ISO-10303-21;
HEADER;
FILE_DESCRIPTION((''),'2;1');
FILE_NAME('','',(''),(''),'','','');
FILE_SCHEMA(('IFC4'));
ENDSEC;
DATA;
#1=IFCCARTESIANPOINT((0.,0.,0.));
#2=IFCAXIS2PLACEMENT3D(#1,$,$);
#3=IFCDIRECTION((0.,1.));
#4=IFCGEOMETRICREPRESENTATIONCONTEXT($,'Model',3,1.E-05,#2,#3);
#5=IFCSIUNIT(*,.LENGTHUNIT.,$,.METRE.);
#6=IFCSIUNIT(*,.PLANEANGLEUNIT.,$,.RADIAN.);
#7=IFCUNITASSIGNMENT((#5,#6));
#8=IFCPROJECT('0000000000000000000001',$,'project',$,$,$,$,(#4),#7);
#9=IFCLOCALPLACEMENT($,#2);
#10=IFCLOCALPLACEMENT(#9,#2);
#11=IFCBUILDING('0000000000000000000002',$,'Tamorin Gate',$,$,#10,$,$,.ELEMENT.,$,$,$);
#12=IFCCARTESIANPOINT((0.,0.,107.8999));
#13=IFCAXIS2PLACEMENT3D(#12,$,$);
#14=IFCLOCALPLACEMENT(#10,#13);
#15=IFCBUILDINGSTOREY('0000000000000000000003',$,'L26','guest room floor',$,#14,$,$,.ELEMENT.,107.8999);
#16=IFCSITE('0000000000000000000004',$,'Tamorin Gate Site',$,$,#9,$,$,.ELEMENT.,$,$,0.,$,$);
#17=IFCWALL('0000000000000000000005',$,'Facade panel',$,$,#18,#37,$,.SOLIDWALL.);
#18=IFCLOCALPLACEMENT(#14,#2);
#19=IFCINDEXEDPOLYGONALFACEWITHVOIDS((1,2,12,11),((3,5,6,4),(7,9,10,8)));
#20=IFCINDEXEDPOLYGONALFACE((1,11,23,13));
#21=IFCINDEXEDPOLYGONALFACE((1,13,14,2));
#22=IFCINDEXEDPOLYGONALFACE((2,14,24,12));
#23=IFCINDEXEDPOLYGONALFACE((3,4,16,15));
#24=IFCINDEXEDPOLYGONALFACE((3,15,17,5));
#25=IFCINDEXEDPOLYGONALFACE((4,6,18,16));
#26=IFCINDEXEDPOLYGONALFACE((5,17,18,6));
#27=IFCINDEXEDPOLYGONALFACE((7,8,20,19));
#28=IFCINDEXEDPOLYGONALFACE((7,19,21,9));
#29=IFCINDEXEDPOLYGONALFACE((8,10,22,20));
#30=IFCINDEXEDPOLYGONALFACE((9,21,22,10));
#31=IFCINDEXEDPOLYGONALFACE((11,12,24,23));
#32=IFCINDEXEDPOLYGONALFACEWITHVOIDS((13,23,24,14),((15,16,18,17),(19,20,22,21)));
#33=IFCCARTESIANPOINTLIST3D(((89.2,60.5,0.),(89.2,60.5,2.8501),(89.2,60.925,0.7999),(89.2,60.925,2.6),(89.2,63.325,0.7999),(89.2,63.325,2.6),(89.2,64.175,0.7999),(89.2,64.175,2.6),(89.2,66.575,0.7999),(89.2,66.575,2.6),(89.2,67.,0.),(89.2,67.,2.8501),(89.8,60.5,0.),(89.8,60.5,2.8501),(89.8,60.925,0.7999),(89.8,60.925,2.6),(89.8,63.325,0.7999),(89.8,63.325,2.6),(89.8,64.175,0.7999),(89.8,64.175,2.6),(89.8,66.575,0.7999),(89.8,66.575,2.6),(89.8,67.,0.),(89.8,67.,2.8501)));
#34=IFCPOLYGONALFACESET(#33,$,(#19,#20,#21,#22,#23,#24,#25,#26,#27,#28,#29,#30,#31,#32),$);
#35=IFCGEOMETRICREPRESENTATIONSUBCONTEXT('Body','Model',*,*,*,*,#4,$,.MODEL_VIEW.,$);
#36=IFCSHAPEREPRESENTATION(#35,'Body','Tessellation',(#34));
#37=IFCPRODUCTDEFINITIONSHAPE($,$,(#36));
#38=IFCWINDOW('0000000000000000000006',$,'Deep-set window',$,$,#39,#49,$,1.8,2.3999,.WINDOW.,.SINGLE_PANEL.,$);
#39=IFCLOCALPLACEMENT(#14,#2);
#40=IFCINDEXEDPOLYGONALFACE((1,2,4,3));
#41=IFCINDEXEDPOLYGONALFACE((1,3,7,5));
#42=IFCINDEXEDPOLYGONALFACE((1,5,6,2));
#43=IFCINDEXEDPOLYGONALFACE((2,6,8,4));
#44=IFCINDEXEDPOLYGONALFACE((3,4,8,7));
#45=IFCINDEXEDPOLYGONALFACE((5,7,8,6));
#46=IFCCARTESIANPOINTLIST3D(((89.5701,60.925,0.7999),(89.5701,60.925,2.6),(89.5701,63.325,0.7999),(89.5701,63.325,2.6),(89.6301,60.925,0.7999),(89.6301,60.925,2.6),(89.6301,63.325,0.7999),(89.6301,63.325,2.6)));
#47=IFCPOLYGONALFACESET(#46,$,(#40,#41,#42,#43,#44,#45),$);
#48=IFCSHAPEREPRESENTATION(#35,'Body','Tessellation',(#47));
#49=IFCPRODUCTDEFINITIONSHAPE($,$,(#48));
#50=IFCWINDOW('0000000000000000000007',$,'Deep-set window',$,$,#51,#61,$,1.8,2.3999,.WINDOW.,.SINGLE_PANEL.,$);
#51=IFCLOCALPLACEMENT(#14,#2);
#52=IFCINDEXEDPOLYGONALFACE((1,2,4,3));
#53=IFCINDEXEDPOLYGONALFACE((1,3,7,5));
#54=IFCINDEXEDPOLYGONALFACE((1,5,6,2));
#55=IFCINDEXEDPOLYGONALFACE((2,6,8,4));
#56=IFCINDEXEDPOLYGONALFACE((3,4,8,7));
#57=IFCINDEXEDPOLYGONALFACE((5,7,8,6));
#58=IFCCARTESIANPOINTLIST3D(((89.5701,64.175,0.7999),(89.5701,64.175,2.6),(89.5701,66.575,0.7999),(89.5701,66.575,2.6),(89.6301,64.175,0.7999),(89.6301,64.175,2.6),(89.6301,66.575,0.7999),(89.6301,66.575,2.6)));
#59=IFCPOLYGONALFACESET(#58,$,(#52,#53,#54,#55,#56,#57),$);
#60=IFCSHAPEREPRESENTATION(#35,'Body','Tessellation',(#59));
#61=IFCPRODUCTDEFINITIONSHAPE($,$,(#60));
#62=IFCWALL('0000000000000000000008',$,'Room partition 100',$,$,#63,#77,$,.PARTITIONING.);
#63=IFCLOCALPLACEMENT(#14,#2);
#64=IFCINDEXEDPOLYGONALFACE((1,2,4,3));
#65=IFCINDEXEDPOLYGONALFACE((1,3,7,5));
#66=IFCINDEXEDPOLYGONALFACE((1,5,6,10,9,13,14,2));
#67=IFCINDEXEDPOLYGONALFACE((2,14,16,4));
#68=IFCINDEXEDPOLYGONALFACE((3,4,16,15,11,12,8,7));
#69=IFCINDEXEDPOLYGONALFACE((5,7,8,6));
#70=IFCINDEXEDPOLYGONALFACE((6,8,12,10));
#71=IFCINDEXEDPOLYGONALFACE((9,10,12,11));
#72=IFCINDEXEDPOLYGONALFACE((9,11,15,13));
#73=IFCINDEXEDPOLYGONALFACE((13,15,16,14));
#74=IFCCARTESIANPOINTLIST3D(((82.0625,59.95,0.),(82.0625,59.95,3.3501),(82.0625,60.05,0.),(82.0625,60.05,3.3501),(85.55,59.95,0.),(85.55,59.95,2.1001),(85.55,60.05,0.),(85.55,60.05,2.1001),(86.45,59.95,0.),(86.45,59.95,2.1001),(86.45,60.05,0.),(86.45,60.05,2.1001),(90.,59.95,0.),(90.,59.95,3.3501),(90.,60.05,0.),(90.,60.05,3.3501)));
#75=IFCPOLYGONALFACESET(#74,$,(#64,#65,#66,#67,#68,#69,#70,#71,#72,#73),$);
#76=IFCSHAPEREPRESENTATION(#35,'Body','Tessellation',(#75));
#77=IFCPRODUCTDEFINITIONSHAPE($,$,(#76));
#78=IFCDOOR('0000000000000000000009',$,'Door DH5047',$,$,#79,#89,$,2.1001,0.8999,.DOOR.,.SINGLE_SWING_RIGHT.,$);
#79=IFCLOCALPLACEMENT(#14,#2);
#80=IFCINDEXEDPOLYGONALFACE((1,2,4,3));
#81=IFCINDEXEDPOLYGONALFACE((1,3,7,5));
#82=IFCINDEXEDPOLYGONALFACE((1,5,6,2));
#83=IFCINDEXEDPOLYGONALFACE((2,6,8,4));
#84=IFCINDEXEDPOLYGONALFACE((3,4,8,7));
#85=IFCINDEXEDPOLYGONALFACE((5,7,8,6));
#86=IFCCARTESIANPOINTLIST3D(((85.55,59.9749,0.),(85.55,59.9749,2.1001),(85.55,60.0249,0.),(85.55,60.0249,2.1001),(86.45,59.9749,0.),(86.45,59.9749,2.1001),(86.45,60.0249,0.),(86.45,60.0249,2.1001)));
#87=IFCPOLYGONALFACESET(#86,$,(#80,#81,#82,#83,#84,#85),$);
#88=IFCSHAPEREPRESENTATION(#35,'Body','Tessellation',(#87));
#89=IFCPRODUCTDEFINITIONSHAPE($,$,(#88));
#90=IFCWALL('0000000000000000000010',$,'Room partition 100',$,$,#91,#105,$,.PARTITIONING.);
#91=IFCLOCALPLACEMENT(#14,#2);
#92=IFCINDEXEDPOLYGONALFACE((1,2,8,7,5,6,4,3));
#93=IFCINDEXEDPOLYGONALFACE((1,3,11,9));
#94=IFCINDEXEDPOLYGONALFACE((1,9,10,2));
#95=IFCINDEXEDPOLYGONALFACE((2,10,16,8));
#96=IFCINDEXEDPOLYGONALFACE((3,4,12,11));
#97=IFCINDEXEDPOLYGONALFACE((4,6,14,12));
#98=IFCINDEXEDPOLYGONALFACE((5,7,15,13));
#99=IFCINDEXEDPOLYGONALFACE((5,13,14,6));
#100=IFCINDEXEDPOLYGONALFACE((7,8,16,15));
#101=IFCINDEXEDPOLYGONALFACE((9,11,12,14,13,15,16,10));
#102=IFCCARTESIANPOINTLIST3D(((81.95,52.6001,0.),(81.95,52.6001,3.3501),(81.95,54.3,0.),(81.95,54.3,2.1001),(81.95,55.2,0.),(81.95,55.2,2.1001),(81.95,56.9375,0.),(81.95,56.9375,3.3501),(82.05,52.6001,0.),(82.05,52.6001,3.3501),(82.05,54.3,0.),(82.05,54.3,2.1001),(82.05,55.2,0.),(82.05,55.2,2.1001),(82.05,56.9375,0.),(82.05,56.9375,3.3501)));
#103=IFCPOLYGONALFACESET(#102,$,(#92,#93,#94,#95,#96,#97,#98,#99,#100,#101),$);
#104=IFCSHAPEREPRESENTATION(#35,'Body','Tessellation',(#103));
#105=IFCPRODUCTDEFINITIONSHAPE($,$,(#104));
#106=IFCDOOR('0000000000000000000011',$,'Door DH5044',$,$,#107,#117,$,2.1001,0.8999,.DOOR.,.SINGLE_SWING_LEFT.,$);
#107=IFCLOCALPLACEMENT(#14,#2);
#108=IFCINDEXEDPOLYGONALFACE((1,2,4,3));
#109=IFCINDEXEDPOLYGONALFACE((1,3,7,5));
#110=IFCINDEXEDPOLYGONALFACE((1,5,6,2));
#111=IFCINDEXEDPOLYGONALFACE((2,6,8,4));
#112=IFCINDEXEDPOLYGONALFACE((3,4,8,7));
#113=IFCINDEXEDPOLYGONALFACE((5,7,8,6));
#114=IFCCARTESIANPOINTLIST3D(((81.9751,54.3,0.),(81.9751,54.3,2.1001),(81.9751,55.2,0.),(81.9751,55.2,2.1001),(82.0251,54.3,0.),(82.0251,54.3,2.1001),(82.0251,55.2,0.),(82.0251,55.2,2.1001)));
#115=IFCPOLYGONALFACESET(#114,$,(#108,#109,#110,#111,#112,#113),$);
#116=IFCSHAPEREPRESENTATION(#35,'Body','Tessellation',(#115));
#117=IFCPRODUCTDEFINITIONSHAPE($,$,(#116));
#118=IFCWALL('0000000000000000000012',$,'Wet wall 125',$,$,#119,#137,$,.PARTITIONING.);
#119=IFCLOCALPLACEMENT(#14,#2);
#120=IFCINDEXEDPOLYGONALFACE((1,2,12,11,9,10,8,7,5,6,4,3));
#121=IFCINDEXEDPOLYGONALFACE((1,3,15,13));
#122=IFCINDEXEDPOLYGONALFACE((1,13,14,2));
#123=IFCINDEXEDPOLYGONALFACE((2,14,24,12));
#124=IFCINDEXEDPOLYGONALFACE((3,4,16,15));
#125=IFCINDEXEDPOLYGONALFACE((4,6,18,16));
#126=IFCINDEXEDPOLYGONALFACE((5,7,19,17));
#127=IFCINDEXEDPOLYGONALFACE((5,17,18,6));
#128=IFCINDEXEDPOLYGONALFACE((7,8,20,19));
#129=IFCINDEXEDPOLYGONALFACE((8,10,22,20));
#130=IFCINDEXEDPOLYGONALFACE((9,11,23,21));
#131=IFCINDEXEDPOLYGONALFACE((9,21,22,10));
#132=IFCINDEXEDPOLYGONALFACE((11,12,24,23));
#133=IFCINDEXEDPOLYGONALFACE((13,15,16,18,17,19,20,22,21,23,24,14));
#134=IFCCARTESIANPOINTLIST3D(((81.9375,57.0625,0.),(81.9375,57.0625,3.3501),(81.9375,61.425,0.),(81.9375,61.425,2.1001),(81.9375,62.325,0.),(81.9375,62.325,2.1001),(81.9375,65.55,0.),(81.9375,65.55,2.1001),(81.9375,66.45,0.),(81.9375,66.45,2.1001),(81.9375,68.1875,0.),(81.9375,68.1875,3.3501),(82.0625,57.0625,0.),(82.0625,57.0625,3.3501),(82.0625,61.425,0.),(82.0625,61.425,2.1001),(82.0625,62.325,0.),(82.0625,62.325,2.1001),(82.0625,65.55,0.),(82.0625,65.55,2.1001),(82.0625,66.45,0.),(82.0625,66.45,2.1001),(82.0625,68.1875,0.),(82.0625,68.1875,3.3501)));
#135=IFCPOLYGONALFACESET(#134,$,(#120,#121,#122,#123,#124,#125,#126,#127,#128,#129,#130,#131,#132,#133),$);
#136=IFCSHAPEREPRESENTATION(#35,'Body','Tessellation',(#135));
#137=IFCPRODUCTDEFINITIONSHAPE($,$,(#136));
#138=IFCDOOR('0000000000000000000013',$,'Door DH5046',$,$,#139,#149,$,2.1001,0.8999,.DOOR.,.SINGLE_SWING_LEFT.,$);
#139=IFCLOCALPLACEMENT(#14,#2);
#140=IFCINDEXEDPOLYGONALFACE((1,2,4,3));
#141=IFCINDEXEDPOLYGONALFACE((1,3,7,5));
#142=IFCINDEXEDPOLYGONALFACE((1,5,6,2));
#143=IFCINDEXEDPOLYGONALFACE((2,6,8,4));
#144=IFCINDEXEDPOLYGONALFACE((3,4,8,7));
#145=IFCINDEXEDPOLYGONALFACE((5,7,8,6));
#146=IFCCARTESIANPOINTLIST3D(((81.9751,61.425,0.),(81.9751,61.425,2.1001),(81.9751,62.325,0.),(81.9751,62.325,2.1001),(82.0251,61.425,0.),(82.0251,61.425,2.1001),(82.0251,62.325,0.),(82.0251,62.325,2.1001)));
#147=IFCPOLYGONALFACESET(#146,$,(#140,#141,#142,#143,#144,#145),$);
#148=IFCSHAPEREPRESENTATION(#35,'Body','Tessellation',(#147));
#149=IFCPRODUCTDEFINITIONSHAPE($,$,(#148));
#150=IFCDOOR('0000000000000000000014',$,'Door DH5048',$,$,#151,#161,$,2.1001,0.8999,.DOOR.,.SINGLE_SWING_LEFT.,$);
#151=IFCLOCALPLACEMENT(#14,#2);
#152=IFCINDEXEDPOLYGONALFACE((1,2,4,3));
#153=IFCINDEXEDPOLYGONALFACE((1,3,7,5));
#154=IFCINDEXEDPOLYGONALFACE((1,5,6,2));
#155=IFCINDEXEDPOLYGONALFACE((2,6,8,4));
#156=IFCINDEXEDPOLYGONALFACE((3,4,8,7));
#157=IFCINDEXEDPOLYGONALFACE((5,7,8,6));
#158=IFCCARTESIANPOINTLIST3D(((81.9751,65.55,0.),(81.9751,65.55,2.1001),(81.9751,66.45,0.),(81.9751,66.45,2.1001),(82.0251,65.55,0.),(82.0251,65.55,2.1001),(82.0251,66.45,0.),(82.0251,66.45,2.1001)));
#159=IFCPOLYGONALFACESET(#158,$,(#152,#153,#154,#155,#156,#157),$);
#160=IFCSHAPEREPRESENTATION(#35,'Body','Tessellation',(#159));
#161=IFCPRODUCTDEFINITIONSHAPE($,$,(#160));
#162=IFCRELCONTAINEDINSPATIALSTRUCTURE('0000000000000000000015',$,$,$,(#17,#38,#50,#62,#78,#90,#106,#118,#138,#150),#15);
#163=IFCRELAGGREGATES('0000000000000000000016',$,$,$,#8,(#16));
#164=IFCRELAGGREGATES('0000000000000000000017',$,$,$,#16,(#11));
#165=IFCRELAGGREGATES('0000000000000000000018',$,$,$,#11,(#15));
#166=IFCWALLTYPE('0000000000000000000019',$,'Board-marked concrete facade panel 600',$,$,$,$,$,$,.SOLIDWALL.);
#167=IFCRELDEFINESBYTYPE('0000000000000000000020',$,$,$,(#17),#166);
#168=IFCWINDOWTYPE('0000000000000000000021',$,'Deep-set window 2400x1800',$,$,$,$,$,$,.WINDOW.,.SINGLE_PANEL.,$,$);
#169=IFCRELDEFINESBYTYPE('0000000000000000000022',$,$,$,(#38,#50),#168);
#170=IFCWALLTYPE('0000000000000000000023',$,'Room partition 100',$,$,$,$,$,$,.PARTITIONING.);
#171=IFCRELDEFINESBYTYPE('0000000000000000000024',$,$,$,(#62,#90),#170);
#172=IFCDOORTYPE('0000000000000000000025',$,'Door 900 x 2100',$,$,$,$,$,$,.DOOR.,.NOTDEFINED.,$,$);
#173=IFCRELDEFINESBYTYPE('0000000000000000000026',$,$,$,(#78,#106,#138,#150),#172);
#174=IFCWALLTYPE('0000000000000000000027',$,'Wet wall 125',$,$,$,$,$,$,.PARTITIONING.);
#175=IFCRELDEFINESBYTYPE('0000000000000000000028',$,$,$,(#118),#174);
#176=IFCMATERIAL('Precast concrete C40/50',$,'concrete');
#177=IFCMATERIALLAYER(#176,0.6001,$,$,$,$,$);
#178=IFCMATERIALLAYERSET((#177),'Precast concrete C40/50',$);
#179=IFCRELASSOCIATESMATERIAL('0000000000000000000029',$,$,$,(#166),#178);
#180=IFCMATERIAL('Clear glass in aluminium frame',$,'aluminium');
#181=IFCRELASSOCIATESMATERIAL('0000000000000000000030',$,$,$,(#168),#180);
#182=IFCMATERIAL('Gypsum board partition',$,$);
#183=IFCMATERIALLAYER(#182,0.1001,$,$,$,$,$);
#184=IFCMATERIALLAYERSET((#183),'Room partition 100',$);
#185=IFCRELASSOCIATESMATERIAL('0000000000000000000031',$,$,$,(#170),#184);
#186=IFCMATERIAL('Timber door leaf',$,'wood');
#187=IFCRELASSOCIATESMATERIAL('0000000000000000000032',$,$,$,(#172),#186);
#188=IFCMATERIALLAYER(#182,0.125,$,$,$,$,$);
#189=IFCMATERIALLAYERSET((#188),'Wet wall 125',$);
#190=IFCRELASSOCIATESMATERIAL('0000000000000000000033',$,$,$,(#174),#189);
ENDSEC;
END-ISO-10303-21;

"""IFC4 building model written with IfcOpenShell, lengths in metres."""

from ifc_helpers import new_model, si_unit, direction, frame, frame_2d, origin, place, context, subcontext, project, spatial, rectangle, extrude, material, layer, layer_set, type_object, element, fill, save


model = new_model("IFC4")

# Units and contexts
model_context = context("Model", 3, precision=1e-05, world=origin(), true_north=direction((0.0, 1.0)))
body_context = subcontext(model_context, "Body", "Model", "MODEL_VIEW")
ifc_project = project(units=[si_unit("LENGTHUNIT", "METRE"), si_unit("PLANEANGLEUNIT", "RADIAN")], contexts=[model_context])

# Site, building, storey
site_placement = place(None, origin())
site = spatial("IfcSite", under=ifc_project, at=site_placement, Name="Tamorin Gate Site", CompositionType="ELEMENT", RefElevation=0.0)
building_placement = place(site_placement, origin())
building = spatial("IfcBuilding", under=site, at=building_placement, Name="Tamorin Gate", CompositionType="ELEMENT")
storey_placement = place(building_placement, frame((0.0, 0.0, 107.8999)))
storey = spatial("IfcBuildingStorey", under=building, at=storey_placement, Name="L26", Description="guest room floor", CompositionType="ELEMENT", Elevation=107.8999)

# Wall, openings, windows
ifc_material_1 = material(Name="Precast concrete C40/50", Category="concrete")
ifc_layer_1 = layer(ifc_material_1, 0.6001)
ifc_layer_set_1 = layer_set([ifc_layer_1], Name="Precast concrete C40/50")
wall_type_1 = type_object("IfcWallType", Name="Board-marked concrete facade panel 600", PredefinedType="SOLIDWALL", material=ifc_layer_set_1)
ifc_material_2 = material(Name="Clear glass in aluminium frame", Category="aluminium")
window_type = type_object("IfcWindowType", Name="Deep-set window 2400x1800", PartitioningType="SINGLE_PANEL", PredefinedType="WINDOW", material=ifc_material_2)
wall_1_placement = place(storey_placement, frame((89.5, 60.5, 0.0), z_axis=(0.0, 0.0, 1.0), x_axis=(0.0, 1.0, 0.0)))
wall_1 = element("IfcWall", 1, at=wall_1_placement, inside=storey, type_object=wall_type_1, Name="Facade panel", PredefinedType="SOLIDWALL", context=body_context, shape_type="SweptSolid", body=[
    extrude(rectangle(XDim=6.5, YDim=0.6001, at=frame_2d((3.25, 0.0))), origin(), (0.0, 0.0, 1.0), 2.8501),
])
opening_1_placement = place(wall_1_placement, frame((0.425, 0.0, 0.8)))
opening_1 = element("IfcOpeningElement", 2, at=opening_1_placement, cuts=wall_1, PredefinedType="OPENING", context=body_context, shape_type="SweptSolid", body=[
    extrude(rectangle(XDim=2.3999, YDim=1.8, at=frame_2d((1.2, 0.8999))), frame((0.0, 0.3101, 0.0), z_axis=(0.0, -1.0, 0.0), x_axis=(1.0, 0.0, 0.0)), (0.0, 0.0, 1.0), 0.6201),
])
opening_2_placement = place(wall_1_placement, frame((3.675, 0.0, 0.8)))
opening_2 = element("IfcOpeningElement", 3, at=opening_2_placement, cuts=wall_1, PredefinedType="OPENING", context=body_context, shape_type="SweptSolid", body=[
    extrude(rectangle(XDim=2.3999, YDim=1.8, at=frame_2d((1.2, 0.8999))), frame((0.0, 0.3101, 0.0), z_axis=(0.0, -1.0, 0.0), x_axis=(1.0, 0.0, 0.0)), (0.0, 0.0, 1.0), 0.6201),
])
window_1_placement = place(opening_1_placement, origin())
window_1 = element("IfcWindow", 4, at=window_1_placement, inside=storey, type_object=window_type, Name="Deep-set window", OverallHeight=1.8, OverallWidth=2.3999, PartitioningType="SINGLE_PANEL", PredefinedType="WINDOW", context=body_context, shape_type="SweptSolid", body=[
    extrude(rectangle(XDim=2.3999, YDim=1.8, at=frame_2d((1.2, 0.8999))), frame((0.0, -0.0701, 0.0), z_axis=(0.0, -1.0, 0.0), x_axis=(1.0, 0.0, 0.0)), (0.0, 0.0, 1.0), 0.0601),
])
fill(opening_1, window_1)
window_2_placement = place(opening_2_placement, origin())
window_2 = element("IfcWindow", 5, at=window_2_placement, inside=storey, type_object=window_type, Name="Deep-set window", OverallHeight=1.8, OverallWidth=2.3999, PartitioningType="SINGLE_PANEL", PredefinedType="WINDOW", context=body_context, shape_type="SweptSolid", body=[
    extrude(rectangle(XDim=2.3999, YDim=1.8, at=frame_2d((1.2, 0.8999))), frame((0.0, -0.0701, 0.0), z_axis=(0.0, -1.0, 0.0), x_axis=(1.0, 0.0, 0.0)), (0.0, 0.0, 1.0), 0.0601),
])
fill(opening_2, window_2)

# Walls, openings, doors
ifc_material_3 = material(Name="Gypsum board partition")
ifc_layer_2 = layer(ifc_material_3, 0.1001)
ifc_layer_set_2 = layer_set([ifc_layer_2], Name="Room partition 100")
wall_type_2 = type_object("IfcWallType", Name="Room partition 100", PredefinedType="PARTITIONING", material=ifc_layer_set_2)
wall_2_placement = place(storey_placement, frame((82.0625, 60.0, 0.0), z_axis=(0.0, 0.0, 1.0), x_axis=(1.0, 0.0, 0.0)))
wall_2 = element("IfcWall", 6, at=wall_2_placement, inside=storey, type_object=wall_type_2, Name="Room partition 100", PredefinedType="PARTITIONING", context=body_context, shape_type="SweptSolid", body=[
    extrude(rectangle(XDim=7.9375, YDim=0.1001, at=frame_2d((3.9688, 0.0))), origin(), (0.0, 0.0, 1.0), 3.3501),
])
opening_3_placement = place(wall_2_placement, frame((3.4875, 0.0, 0.0)))
opening_3 = element("IfcOpeningElement", 7, at=opening_3_placement, cuts=wall_2, PredefinedType="OPENING", context=body_context, shape_type="SweptSolid", body=[
    extrude(rectangle(XDim=0.8999, YDim=2.1001, at=frame_2d((0.45, 1.05))), frame((0.0, 0.0601, 0.0), z_axis=(0.0, -1.0, 0.0), x_axis=(1.0, 0.0, 0.0)), (0.0, 0.0, 1.0), 0.1201),
])
ifc_material_4 = material(Name="Timber door leaf", Category="wood")
door_type = type_object("IfcDoorType", Name="Door 900 x 2100", OperationType="NOTDEFINED", PredefinedType="DOOR", material=ifc_material_4)
door_1_placement = place(opening_3_placement, origin())
door_1 = element("IfcDoor", 8, at=door_1_placement, inside=storey, type_object=door_type, Name="Door DH5047", OperationType="SINGLE_SWING_RIGHT", OverallHeight=2.1001, OverallWidth=0.8999, PredefinedType="DOOR", context=body_context, shape_type="SweptSolid", body=[
    extrude(rectangle(XDim=0.8999, YDim=2.1001, at=frame_2d((0.45, 1.05))), frame((0.0, 0.0249, 0.0), z_axis=(0.0, -1.0, 0.0), x_axis=(1.0, 0.0, 0.0)), (0.0, 0.0, 1.0), 0.05),
])
fill(opening_3, door_1)
wall_3_placement = place(storey_placement, frame((82.0, 52.6001, 0.0), z_axis=(0.0, 0.0, 1.0), x_axis=(0.0, 1.0, 0.0)))
wall_3 = element("IfcWall", 9, at=wall_3_placement, inside=storey, type_object=wall_type_2, Name="Room partition 100", PredefinedType="PARTITIONING", context=body_context, shape_type="SweptSolid", body=[
    extrude(rectangle(XDim=4.3374, YDim=0.1001, at=frame_2d((2.1687, 0.0))), origin(), (0.0, 0.0, 1.0), 3.3501),
])
opening_4_placement = place(wall_3_placement, frame((1.7, 0.0, 0.0)))
opening_4 = element("IfcOpeningElement", 10, at=opening_4_placement, cuts=wall_3, PredefinedType="OPENING", context=body_context, shape_type="SweptSolid", body=[
    extrude(rectangle(XDim=0.8999, YDim=2.1001, at=frame_2d((0.45, 1.05))), frame((0.0, 0.0601, 0.0), z_axis=(0.0, -1.0, 0.0), x_axis=(1.0, 0.0, 0.0)), (0.0, 0.0, 1.0), 0.1201),
])
door_2_placement = place(opening_4_placement, origin())
door_2 = element("IfcDoor", 11, at=door_2_placement, inside=storey, type_object=door_type, Name="Door DH5044", OperationType="SINGLE_SWING_LEFT", OverallHeight=2.1001, OverallWidth=0.8999, PredefinedType="DOOR", context=body_context, shape_type="SweptSolid", body=[
    extrude(rectangle(XDim=0.8999, YDim=2.1001, at=frame_2d((0.45, 1.05))), frame((0.0, 0.0249, 0.0), z_axis=(0.0, -1.0, 0.0), x_axis=(1.0, 0.0, 0.0)), (0.0, 0.0, 1.0), 0.05),
])
fill(opening_4, door_2)

# Wall, openings, doors
ifc_layer_3 = layer(ifc_material_3, 0.125)
ifc_layer_set_3 = layer_set([ifc_layer_3], Name="Wet wall 125")
wall_type_3 = type_object("IfcWallType", Name="Wet wall 125", PredefinedType="PARTITIONING", material=ifc_layer_set_3)
wall_4_placement = place(storey_placement, frame((82.0, 57.0625, 0.0), z_axis=(0.0, 0.0, 1.0), x_axis=(0.0, 1.0, 0.0)))
wall_4 = element("IfcWall", 12, at=wall_4_placement, inside=storey, type_object=wall_type_3, Name="Wet wall 125", PredefinedType="PARTITIONING", context=body_context, shape_type="SweptSolid", body=[
    extrude(rectangle(XDim=11.125, YDim=0.125, at=frame_2d((5.5625, 0.0))), origin(), (0.0, 0.0, 1.0), 3.3501),
])
opening_5_placement = place(wall_4_placement, frame((4.3625, 0.0, 0.0)))
opening_5 = element("IfcOpeningElement", 13, at=opening_5_placement, cuts=wall_4, PredefinedType="OPENING", context=body_context, shape_type="SweptSolid", body=[
    extrude(rectangle(XDim=0.8999, YDim=2.1001, at=frame_2d((0.45, 1.05))), frame((0.0, 0.0725, 0.0), z_axis=(0.0, -1.0, 0.0), x_axis=(1.0, 0.0, 0.0)), (0.0, 0.0, 1.0), 0.145),
])
opening_6_placement = place(wall_4_placement, frame((8.4875, 0.0, 0.0)))
opening_6 = element("IfcOpeningElement", 14, at=opening_6_placement, cuts=wall_4, PredefinedType="OPENING", context=body_context, shape_type="SweptSolid", body=[
    extrude(rectangle(XDim=0.8999, YDim=2.1001, at=frame_2d((0.45, 1.05))), frame((0.0, 0.0725, 0.0), z_axis=(0.0, -1.0, 0.0), x_axis=(1.0, 0.0, 0.0)), (0.0, 0.0, 1.0), 0.145),
])
door_3_placement = place(opening_5_placement, origin())
door_3 = element("IfcDoor", 15, at=door_3_placement, inside=storey, type_object=door_type, Name="Door DH5046", OperationType="SINGLE_SWING_LEFT", OverallHeight=2.1001, OverallWidth=0.8999, PredefinedType="DOOR", context=body_context, shape_type="SweptSolid", body=[
    extrude(rectangle(XDim=0.8999, YDim=2.1001, at=frame_2d((0.45, 1.05))), frame((0.0, 0.0249, 0.0), z_axis=(0.0, -1.0, 0.0), x_axis=(1.0, 0.0, 0.0)), (0.0, 0.0, 1.0), 0.05),
])
fill(opening_5, door_3)
door_4_placement = place(opening_6_placement, origin())
door_4 = element("IfcDoor", 16, at=door_4_placement, inside=storey, type_object=door_type, Name="Door DH5048", OperationType="SINGLE_SWING_LEFT", OverallHeight=2.1001, OverallWidth=0.8999, PredefinedType="DOOR", context=body_context, shape_type="SweptSolid", body=[
    extrude(rectangle(XDim=0.8999, YDim=2.1001, at=frame_2d((0.45, 1.05))), frame((0.0, 0.0249, 0.0), z_axis=(0.0, -1.0, 0.0), x_axis=(1.0, 0.0, 0.0)), (0.0, 0.0, 1.0), 0.05),
])
fill(opening_6, door_4)

save(model, "model.ifc")
